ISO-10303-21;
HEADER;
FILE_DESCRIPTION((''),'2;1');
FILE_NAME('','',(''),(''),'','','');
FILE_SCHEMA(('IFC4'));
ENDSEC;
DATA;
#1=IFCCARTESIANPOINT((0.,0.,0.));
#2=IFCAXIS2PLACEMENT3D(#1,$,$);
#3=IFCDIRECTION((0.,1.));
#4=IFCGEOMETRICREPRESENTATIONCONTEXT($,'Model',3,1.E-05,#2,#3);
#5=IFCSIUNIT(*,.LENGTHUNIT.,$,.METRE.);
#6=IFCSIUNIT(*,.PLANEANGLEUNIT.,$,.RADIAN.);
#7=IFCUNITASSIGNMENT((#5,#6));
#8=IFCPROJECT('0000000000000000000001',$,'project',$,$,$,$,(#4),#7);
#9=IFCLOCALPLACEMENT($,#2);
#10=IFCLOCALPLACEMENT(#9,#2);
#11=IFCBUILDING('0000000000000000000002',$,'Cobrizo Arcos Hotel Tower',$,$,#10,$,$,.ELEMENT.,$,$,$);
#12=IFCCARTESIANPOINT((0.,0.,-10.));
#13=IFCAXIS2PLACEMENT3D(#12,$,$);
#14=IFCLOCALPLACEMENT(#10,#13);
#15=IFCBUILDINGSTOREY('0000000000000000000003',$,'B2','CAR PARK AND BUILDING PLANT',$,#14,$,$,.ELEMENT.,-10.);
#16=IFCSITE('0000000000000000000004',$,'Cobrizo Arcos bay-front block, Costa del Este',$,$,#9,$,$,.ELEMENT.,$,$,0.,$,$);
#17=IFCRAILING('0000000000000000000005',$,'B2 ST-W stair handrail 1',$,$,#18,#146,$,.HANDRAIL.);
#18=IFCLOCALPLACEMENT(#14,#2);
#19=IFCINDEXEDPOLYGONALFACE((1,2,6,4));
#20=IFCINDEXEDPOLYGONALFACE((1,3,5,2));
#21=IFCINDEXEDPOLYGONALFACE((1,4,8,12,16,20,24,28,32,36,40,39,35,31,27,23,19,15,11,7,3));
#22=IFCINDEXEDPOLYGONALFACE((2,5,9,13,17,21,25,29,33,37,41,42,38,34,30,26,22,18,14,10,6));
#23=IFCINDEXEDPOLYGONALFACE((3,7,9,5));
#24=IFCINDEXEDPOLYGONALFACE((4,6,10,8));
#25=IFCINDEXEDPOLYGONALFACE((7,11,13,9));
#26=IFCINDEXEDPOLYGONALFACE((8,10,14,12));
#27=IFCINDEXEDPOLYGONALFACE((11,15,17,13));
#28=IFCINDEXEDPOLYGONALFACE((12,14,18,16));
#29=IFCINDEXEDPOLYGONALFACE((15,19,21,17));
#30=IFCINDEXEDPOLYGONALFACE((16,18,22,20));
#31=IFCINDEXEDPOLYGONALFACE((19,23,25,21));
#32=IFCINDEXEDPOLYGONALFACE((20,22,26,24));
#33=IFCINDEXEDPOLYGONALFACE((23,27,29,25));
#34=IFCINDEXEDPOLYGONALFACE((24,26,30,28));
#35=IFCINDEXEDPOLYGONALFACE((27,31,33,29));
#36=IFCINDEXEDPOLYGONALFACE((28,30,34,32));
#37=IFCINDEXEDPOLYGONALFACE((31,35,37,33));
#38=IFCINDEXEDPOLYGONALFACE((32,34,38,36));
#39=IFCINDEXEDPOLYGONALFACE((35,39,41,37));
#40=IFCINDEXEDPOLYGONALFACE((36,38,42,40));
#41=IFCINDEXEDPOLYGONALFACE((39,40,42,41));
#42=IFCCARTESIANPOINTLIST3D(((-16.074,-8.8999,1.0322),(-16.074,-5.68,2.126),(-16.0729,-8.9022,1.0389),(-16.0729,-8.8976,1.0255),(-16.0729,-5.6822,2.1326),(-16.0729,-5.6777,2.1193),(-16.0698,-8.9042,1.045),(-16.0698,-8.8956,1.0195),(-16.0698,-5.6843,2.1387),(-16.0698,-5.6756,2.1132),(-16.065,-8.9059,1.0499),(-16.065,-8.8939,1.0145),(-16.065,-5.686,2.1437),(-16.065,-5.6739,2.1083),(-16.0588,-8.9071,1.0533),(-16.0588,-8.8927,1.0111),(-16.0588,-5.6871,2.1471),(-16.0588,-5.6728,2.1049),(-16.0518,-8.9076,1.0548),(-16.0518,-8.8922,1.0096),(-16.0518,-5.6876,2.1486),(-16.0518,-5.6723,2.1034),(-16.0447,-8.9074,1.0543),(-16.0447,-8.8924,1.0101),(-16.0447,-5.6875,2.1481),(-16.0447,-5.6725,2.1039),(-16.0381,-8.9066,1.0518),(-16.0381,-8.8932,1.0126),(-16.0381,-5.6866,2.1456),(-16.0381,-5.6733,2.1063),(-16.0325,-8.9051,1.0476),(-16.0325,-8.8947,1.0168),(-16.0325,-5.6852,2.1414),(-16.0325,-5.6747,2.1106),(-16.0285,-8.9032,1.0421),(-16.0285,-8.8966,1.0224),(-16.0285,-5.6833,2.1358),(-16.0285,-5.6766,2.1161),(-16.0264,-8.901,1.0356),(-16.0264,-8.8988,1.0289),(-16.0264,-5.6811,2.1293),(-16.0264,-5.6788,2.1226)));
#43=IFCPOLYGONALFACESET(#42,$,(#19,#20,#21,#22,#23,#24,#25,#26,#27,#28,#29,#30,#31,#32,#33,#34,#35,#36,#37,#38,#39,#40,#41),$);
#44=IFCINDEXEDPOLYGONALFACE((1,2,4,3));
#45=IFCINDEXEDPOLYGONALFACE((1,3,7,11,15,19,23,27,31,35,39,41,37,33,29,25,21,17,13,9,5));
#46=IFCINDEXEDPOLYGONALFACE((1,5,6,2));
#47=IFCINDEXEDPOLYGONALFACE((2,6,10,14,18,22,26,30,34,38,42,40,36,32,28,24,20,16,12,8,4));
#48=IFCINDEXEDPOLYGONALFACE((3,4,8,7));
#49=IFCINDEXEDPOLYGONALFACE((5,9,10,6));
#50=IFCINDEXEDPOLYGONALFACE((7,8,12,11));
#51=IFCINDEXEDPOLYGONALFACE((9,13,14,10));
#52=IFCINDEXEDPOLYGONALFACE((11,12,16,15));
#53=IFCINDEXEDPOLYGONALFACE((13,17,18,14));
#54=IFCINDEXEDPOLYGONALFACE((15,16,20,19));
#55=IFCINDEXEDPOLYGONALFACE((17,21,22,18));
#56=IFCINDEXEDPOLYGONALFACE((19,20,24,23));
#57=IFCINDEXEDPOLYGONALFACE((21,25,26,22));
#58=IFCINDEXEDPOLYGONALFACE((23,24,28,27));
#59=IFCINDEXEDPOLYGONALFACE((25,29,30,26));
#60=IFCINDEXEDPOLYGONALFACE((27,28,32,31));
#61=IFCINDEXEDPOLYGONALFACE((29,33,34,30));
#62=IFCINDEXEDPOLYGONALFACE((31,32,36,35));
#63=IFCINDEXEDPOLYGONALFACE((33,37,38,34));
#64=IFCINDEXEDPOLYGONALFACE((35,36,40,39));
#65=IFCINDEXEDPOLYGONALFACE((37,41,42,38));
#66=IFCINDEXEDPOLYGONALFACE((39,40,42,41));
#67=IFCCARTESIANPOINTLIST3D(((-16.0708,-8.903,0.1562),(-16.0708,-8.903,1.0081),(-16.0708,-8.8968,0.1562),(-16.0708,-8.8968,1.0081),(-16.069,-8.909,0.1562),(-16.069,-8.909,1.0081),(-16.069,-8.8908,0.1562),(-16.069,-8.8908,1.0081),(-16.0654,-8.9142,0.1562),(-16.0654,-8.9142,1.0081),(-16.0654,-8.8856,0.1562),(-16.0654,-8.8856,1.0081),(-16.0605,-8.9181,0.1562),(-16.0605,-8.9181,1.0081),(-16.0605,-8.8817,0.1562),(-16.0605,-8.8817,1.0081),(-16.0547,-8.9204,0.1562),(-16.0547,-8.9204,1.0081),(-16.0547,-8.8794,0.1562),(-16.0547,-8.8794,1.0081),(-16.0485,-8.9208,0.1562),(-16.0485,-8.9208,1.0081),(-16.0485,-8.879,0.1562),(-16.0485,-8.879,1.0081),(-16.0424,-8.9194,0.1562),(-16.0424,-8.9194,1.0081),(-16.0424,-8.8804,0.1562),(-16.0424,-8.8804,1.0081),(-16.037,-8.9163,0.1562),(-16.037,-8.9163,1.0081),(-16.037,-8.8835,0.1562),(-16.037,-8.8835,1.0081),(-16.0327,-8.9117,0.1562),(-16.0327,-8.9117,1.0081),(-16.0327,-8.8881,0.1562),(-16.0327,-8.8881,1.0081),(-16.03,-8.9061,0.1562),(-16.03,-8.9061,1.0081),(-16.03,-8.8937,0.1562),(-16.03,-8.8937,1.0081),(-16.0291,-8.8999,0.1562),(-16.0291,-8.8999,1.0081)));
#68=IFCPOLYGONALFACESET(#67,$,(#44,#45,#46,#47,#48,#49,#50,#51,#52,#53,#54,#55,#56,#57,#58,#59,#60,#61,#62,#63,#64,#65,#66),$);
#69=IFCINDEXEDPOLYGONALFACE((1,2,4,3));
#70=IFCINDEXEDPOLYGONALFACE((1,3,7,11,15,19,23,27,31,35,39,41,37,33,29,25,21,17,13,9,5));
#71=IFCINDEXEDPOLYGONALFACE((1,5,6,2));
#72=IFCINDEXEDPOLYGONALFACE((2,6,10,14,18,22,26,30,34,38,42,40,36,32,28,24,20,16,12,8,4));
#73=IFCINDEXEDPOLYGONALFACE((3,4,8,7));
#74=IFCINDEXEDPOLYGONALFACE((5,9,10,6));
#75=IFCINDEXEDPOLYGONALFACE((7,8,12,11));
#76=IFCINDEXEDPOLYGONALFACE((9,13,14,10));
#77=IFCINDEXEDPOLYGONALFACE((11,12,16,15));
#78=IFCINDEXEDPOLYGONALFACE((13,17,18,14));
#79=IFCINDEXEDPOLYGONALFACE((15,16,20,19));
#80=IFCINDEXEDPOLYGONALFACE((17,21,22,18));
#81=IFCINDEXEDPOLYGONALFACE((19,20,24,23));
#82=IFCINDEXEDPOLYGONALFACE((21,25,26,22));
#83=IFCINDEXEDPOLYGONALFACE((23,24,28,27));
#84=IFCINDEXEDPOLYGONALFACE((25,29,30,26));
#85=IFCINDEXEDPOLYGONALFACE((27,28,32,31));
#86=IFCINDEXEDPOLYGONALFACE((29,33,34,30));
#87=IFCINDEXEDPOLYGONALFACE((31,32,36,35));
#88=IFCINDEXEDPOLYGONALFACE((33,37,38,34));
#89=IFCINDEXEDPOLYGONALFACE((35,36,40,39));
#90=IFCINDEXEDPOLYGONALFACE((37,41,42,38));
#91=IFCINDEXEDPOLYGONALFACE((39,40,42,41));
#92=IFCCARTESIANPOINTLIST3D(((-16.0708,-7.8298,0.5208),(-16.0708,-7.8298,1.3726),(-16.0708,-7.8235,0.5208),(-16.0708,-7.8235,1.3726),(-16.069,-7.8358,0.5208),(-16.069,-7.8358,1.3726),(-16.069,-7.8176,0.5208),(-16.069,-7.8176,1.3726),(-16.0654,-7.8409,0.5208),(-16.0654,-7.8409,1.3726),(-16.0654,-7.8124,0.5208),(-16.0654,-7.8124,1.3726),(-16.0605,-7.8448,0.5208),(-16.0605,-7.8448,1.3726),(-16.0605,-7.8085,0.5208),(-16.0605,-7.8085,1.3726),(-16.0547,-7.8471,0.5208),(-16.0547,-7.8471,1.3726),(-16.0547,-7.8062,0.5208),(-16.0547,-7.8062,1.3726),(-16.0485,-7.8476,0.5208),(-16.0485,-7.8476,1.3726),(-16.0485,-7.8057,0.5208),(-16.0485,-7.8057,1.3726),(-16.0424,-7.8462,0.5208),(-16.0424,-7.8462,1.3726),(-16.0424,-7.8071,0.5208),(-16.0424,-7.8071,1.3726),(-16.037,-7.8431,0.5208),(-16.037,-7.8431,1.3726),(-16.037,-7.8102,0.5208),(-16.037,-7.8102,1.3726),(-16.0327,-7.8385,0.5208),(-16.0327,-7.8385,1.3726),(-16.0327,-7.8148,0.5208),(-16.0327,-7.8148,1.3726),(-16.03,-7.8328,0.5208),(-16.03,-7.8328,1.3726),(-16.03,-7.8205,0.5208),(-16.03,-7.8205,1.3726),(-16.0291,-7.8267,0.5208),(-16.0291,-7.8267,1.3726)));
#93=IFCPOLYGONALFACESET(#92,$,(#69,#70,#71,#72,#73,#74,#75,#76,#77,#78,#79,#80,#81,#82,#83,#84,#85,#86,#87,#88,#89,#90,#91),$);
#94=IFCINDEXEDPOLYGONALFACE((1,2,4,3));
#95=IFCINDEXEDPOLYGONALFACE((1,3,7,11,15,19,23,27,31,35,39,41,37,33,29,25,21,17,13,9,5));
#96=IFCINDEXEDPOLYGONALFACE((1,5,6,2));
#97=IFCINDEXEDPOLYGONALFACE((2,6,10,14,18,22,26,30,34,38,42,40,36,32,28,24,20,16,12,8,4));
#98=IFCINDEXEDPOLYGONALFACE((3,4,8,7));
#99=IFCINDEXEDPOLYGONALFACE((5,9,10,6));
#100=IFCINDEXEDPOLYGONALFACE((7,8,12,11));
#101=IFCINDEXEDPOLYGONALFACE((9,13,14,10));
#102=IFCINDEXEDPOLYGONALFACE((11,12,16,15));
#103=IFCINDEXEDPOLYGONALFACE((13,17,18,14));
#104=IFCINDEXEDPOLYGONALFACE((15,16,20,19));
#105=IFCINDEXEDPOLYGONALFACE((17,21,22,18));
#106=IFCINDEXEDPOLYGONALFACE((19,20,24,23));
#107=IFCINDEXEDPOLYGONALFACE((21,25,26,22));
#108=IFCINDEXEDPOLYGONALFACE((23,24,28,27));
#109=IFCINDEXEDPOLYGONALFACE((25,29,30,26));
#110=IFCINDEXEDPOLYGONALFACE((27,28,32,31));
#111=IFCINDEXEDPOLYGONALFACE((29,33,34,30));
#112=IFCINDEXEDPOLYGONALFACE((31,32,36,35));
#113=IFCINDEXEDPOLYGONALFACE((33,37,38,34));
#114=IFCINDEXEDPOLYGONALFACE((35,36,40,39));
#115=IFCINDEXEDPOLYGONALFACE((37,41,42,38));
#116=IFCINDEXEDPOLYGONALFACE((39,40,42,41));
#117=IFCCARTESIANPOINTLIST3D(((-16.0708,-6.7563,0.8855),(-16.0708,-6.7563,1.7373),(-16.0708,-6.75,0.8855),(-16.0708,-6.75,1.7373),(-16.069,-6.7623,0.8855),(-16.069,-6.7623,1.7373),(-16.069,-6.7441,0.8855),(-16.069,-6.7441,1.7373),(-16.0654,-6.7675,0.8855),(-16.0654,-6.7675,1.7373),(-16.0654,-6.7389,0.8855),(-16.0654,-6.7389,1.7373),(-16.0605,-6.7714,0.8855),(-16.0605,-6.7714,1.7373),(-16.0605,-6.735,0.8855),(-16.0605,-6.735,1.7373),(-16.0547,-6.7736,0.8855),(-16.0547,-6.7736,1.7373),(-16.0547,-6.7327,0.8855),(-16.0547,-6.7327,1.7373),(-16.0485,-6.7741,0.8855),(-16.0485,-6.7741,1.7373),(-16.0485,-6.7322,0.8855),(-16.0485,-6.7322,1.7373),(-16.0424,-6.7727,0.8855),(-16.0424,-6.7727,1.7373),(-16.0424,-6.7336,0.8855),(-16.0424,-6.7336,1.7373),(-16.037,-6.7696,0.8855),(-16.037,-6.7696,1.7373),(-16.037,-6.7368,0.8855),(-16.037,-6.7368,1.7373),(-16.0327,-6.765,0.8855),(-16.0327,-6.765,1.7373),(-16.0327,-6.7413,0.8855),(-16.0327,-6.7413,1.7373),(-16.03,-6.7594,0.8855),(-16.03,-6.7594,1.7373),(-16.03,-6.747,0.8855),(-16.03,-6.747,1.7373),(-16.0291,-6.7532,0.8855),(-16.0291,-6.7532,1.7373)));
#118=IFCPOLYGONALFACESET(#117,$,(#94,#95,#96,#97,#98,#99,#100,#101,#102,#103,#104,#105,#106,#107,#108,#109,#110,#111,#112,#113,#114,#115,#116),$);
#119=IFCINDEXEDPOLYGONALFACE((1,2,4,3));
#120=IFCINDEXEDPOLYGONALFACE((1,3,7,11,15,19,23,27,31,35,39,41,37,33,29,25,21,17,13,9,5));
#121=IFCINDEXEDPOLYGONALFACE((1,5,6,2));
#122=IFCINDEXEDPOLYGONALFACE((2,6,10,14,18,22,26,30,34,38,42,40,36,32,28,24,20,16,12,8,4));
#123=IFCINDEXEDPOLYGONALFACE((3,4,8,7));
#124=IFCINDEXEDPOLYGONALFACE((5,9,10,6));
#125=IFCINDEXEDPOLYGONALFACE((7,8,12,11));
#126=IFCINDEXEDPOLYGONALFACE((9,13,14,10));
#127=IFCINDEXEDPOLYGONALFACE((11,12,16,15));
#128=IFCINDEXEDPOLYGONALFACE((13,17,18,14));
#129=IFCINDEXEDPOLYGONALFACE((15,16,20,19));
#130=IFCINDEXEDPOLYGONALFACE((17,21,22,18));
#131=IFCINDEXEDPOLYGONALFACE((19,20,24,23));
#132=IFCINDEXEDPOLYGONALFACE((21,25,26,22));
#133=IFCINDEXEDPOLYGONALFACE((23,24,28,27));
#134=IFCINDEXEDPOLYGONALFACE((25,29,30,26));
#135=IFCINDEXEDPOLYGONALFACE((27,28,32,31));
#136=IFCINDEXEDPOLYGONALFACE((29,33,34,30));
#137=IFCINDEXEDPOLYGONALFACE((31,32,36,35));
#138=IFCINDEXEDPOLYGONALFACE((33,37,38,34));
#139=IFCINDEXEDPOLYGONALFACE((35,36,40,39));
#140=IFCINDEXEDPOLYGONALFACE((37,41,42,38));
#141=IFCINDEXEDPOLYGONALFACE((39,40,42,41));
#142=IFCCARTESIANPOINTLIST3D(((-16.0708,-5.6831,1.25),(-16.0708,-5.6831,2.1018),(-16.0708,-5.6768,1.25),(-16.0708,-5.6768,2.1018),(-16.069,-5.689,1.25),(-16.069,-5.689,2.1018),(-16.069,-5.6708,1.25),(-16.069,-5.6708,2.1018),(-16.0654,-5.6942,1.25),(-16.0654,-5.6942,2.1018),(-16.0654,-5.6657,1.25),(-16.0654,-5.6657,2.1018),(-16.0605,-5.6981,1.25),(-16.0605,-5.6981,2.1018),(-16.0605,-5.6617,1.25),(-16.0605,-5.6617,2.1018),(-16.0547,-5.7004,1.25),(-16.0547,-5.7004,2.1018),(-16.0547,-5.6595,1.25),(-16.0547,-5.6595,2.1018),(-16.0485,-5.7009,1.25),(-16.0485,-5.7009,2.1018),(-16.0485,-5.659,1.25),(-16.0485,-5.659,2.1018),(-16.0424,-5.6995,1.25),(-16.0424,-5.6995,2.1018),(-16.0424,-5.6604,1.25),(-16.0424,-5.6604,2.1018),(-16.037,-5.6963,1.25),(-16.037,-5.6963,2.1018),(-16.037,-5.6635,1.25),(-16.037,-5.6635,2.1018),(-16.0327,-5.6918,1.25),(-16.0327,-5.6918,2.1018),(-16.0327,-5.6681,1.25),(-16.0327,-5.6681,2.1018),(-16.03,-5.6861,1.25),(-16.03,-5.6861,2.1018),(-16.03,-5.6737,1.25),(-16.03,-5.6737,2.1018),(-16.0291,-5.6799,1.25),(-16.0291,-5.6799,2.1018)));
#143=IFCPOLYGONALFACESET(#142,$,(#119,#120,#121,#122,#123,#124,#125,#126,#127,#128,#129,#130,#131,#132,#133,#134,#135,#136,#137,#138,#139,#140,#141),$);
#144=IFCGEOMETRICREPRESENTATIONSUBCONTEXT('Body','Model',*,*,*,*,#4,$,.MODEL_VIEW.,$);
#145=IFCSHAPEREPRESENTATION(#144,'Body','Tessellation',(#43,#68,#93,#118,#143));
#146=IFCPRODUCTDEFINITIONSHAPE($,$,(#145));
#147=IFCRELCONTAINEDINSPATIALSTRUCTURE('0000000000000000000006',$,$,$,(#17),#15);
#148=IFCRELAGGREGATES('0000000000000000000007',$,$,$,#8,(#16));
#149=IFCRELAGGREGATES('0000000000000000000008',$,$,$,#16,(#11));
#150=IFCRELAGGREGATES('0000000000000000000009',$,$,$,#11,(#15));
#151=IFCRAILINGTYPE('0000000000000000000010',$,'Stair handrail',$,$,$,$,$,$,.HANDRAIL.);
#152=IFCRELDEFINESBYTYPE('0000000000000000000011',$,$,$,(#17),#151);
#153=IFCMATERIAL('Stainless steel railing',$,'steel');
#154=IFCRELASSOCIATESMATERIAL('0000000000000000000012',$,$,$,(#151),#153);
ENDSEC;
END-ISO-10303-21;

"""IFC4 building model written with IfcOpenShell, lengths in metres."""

from ifc_helpers import new_model, si_unit, direction, frame, origin, origin_2d, place, context, subcontext, project, spatial, circle, extrude, material, type_object, element, save


model = new_model("IFC4")

# Units and contexts
model_context = context("Model", 3, precision=1e-05, world=origin(), true_north=direction((0.0, 1.0)))
body_context = subcontext(model_context, "Body", "Model", "MODEL_VIEW")
ifc_project = project(units=[si_unit("LENGTHUNIT", "METRE"), si_unit("PLANEANGLEUNIT", "RADIAN")], contexts=[model_context])

# Site, building, storey
site_placement = place(None, origin())
site = spatial("IfcSite", under=ifc_project, at=site_placement, Name="Cobrizo Arcos bay-front block, Costa del Este", CompositionType="ELEMENT", RefElevation=0.0)
building_placement = place(site_placement, origin())
building = spatial("IfcBuilding", under=site, at=building_placement, Name="Cobrizo Arcos Hotel Tower", CompositionType="ELEMENT")
storey_placement = place(building_placement, frame((0.0, 0.0, -10.0)))
storey = spatial("IfcBuildingStorey", under=building, at=storey_placement, Name="B2", Description="CAR PARK AND BUILDING PLANT", CompositionType="ELEMENT", Elevation=-10.0)

# Railing
ifc_material_1 = material(Name="Stainless steel railing", Category="steel")
railing_type_1 = type_object("IfcRailingType", Name="Stair handrail", PredefinedType="HANDRAIL", material=ifc_material_1)
for number, where, name in (
    (1, (-16.05, -8.8999, 0.1562), "B2 ST-W stair handrail 1"),
):
    element("IfcRailing", number, at=place(storey_placement, frame(where)), inside=storey, type_object=railing_type_1, Name=name, PredefinedType="HANDRAIL", context=body_context, shape_type="SweptSolid", body=[
        extrude(circle(Radius=0.0239, at=origin_2d()), frame((0.0, 0.0, 0.876), z_axis=(0.0, 0.946866, 0.321629), x_axis=(-1.0, 0.0, 0.0)), (0.0, 0.0, 1.0), 3.4006),
        extrude(circle(Radius=0.021, at=origin_2d()), origin(), (0.0, 0.0, 1.0), 0.8518),
        extrude(circle(Radius=0.021, at=origin_2d()), frame((0.0, 1.0732, 0.3645)), (0.0, 0.0, 1.0), 0.8518),
        extrude(circle(Radius=0.021, at=origin_2d()), frame((0.0, 2.1467, 0.7292)), (0.0, 0.0, 1.0), 0.8518),
        extrude(circle(Radius=0.021, at=origin_2d()), frame((0.0, 3.22, 1.0938)), (0.0, 0.0, 1.0), 0.8518),
    ])

save(model, "model.ifc")
